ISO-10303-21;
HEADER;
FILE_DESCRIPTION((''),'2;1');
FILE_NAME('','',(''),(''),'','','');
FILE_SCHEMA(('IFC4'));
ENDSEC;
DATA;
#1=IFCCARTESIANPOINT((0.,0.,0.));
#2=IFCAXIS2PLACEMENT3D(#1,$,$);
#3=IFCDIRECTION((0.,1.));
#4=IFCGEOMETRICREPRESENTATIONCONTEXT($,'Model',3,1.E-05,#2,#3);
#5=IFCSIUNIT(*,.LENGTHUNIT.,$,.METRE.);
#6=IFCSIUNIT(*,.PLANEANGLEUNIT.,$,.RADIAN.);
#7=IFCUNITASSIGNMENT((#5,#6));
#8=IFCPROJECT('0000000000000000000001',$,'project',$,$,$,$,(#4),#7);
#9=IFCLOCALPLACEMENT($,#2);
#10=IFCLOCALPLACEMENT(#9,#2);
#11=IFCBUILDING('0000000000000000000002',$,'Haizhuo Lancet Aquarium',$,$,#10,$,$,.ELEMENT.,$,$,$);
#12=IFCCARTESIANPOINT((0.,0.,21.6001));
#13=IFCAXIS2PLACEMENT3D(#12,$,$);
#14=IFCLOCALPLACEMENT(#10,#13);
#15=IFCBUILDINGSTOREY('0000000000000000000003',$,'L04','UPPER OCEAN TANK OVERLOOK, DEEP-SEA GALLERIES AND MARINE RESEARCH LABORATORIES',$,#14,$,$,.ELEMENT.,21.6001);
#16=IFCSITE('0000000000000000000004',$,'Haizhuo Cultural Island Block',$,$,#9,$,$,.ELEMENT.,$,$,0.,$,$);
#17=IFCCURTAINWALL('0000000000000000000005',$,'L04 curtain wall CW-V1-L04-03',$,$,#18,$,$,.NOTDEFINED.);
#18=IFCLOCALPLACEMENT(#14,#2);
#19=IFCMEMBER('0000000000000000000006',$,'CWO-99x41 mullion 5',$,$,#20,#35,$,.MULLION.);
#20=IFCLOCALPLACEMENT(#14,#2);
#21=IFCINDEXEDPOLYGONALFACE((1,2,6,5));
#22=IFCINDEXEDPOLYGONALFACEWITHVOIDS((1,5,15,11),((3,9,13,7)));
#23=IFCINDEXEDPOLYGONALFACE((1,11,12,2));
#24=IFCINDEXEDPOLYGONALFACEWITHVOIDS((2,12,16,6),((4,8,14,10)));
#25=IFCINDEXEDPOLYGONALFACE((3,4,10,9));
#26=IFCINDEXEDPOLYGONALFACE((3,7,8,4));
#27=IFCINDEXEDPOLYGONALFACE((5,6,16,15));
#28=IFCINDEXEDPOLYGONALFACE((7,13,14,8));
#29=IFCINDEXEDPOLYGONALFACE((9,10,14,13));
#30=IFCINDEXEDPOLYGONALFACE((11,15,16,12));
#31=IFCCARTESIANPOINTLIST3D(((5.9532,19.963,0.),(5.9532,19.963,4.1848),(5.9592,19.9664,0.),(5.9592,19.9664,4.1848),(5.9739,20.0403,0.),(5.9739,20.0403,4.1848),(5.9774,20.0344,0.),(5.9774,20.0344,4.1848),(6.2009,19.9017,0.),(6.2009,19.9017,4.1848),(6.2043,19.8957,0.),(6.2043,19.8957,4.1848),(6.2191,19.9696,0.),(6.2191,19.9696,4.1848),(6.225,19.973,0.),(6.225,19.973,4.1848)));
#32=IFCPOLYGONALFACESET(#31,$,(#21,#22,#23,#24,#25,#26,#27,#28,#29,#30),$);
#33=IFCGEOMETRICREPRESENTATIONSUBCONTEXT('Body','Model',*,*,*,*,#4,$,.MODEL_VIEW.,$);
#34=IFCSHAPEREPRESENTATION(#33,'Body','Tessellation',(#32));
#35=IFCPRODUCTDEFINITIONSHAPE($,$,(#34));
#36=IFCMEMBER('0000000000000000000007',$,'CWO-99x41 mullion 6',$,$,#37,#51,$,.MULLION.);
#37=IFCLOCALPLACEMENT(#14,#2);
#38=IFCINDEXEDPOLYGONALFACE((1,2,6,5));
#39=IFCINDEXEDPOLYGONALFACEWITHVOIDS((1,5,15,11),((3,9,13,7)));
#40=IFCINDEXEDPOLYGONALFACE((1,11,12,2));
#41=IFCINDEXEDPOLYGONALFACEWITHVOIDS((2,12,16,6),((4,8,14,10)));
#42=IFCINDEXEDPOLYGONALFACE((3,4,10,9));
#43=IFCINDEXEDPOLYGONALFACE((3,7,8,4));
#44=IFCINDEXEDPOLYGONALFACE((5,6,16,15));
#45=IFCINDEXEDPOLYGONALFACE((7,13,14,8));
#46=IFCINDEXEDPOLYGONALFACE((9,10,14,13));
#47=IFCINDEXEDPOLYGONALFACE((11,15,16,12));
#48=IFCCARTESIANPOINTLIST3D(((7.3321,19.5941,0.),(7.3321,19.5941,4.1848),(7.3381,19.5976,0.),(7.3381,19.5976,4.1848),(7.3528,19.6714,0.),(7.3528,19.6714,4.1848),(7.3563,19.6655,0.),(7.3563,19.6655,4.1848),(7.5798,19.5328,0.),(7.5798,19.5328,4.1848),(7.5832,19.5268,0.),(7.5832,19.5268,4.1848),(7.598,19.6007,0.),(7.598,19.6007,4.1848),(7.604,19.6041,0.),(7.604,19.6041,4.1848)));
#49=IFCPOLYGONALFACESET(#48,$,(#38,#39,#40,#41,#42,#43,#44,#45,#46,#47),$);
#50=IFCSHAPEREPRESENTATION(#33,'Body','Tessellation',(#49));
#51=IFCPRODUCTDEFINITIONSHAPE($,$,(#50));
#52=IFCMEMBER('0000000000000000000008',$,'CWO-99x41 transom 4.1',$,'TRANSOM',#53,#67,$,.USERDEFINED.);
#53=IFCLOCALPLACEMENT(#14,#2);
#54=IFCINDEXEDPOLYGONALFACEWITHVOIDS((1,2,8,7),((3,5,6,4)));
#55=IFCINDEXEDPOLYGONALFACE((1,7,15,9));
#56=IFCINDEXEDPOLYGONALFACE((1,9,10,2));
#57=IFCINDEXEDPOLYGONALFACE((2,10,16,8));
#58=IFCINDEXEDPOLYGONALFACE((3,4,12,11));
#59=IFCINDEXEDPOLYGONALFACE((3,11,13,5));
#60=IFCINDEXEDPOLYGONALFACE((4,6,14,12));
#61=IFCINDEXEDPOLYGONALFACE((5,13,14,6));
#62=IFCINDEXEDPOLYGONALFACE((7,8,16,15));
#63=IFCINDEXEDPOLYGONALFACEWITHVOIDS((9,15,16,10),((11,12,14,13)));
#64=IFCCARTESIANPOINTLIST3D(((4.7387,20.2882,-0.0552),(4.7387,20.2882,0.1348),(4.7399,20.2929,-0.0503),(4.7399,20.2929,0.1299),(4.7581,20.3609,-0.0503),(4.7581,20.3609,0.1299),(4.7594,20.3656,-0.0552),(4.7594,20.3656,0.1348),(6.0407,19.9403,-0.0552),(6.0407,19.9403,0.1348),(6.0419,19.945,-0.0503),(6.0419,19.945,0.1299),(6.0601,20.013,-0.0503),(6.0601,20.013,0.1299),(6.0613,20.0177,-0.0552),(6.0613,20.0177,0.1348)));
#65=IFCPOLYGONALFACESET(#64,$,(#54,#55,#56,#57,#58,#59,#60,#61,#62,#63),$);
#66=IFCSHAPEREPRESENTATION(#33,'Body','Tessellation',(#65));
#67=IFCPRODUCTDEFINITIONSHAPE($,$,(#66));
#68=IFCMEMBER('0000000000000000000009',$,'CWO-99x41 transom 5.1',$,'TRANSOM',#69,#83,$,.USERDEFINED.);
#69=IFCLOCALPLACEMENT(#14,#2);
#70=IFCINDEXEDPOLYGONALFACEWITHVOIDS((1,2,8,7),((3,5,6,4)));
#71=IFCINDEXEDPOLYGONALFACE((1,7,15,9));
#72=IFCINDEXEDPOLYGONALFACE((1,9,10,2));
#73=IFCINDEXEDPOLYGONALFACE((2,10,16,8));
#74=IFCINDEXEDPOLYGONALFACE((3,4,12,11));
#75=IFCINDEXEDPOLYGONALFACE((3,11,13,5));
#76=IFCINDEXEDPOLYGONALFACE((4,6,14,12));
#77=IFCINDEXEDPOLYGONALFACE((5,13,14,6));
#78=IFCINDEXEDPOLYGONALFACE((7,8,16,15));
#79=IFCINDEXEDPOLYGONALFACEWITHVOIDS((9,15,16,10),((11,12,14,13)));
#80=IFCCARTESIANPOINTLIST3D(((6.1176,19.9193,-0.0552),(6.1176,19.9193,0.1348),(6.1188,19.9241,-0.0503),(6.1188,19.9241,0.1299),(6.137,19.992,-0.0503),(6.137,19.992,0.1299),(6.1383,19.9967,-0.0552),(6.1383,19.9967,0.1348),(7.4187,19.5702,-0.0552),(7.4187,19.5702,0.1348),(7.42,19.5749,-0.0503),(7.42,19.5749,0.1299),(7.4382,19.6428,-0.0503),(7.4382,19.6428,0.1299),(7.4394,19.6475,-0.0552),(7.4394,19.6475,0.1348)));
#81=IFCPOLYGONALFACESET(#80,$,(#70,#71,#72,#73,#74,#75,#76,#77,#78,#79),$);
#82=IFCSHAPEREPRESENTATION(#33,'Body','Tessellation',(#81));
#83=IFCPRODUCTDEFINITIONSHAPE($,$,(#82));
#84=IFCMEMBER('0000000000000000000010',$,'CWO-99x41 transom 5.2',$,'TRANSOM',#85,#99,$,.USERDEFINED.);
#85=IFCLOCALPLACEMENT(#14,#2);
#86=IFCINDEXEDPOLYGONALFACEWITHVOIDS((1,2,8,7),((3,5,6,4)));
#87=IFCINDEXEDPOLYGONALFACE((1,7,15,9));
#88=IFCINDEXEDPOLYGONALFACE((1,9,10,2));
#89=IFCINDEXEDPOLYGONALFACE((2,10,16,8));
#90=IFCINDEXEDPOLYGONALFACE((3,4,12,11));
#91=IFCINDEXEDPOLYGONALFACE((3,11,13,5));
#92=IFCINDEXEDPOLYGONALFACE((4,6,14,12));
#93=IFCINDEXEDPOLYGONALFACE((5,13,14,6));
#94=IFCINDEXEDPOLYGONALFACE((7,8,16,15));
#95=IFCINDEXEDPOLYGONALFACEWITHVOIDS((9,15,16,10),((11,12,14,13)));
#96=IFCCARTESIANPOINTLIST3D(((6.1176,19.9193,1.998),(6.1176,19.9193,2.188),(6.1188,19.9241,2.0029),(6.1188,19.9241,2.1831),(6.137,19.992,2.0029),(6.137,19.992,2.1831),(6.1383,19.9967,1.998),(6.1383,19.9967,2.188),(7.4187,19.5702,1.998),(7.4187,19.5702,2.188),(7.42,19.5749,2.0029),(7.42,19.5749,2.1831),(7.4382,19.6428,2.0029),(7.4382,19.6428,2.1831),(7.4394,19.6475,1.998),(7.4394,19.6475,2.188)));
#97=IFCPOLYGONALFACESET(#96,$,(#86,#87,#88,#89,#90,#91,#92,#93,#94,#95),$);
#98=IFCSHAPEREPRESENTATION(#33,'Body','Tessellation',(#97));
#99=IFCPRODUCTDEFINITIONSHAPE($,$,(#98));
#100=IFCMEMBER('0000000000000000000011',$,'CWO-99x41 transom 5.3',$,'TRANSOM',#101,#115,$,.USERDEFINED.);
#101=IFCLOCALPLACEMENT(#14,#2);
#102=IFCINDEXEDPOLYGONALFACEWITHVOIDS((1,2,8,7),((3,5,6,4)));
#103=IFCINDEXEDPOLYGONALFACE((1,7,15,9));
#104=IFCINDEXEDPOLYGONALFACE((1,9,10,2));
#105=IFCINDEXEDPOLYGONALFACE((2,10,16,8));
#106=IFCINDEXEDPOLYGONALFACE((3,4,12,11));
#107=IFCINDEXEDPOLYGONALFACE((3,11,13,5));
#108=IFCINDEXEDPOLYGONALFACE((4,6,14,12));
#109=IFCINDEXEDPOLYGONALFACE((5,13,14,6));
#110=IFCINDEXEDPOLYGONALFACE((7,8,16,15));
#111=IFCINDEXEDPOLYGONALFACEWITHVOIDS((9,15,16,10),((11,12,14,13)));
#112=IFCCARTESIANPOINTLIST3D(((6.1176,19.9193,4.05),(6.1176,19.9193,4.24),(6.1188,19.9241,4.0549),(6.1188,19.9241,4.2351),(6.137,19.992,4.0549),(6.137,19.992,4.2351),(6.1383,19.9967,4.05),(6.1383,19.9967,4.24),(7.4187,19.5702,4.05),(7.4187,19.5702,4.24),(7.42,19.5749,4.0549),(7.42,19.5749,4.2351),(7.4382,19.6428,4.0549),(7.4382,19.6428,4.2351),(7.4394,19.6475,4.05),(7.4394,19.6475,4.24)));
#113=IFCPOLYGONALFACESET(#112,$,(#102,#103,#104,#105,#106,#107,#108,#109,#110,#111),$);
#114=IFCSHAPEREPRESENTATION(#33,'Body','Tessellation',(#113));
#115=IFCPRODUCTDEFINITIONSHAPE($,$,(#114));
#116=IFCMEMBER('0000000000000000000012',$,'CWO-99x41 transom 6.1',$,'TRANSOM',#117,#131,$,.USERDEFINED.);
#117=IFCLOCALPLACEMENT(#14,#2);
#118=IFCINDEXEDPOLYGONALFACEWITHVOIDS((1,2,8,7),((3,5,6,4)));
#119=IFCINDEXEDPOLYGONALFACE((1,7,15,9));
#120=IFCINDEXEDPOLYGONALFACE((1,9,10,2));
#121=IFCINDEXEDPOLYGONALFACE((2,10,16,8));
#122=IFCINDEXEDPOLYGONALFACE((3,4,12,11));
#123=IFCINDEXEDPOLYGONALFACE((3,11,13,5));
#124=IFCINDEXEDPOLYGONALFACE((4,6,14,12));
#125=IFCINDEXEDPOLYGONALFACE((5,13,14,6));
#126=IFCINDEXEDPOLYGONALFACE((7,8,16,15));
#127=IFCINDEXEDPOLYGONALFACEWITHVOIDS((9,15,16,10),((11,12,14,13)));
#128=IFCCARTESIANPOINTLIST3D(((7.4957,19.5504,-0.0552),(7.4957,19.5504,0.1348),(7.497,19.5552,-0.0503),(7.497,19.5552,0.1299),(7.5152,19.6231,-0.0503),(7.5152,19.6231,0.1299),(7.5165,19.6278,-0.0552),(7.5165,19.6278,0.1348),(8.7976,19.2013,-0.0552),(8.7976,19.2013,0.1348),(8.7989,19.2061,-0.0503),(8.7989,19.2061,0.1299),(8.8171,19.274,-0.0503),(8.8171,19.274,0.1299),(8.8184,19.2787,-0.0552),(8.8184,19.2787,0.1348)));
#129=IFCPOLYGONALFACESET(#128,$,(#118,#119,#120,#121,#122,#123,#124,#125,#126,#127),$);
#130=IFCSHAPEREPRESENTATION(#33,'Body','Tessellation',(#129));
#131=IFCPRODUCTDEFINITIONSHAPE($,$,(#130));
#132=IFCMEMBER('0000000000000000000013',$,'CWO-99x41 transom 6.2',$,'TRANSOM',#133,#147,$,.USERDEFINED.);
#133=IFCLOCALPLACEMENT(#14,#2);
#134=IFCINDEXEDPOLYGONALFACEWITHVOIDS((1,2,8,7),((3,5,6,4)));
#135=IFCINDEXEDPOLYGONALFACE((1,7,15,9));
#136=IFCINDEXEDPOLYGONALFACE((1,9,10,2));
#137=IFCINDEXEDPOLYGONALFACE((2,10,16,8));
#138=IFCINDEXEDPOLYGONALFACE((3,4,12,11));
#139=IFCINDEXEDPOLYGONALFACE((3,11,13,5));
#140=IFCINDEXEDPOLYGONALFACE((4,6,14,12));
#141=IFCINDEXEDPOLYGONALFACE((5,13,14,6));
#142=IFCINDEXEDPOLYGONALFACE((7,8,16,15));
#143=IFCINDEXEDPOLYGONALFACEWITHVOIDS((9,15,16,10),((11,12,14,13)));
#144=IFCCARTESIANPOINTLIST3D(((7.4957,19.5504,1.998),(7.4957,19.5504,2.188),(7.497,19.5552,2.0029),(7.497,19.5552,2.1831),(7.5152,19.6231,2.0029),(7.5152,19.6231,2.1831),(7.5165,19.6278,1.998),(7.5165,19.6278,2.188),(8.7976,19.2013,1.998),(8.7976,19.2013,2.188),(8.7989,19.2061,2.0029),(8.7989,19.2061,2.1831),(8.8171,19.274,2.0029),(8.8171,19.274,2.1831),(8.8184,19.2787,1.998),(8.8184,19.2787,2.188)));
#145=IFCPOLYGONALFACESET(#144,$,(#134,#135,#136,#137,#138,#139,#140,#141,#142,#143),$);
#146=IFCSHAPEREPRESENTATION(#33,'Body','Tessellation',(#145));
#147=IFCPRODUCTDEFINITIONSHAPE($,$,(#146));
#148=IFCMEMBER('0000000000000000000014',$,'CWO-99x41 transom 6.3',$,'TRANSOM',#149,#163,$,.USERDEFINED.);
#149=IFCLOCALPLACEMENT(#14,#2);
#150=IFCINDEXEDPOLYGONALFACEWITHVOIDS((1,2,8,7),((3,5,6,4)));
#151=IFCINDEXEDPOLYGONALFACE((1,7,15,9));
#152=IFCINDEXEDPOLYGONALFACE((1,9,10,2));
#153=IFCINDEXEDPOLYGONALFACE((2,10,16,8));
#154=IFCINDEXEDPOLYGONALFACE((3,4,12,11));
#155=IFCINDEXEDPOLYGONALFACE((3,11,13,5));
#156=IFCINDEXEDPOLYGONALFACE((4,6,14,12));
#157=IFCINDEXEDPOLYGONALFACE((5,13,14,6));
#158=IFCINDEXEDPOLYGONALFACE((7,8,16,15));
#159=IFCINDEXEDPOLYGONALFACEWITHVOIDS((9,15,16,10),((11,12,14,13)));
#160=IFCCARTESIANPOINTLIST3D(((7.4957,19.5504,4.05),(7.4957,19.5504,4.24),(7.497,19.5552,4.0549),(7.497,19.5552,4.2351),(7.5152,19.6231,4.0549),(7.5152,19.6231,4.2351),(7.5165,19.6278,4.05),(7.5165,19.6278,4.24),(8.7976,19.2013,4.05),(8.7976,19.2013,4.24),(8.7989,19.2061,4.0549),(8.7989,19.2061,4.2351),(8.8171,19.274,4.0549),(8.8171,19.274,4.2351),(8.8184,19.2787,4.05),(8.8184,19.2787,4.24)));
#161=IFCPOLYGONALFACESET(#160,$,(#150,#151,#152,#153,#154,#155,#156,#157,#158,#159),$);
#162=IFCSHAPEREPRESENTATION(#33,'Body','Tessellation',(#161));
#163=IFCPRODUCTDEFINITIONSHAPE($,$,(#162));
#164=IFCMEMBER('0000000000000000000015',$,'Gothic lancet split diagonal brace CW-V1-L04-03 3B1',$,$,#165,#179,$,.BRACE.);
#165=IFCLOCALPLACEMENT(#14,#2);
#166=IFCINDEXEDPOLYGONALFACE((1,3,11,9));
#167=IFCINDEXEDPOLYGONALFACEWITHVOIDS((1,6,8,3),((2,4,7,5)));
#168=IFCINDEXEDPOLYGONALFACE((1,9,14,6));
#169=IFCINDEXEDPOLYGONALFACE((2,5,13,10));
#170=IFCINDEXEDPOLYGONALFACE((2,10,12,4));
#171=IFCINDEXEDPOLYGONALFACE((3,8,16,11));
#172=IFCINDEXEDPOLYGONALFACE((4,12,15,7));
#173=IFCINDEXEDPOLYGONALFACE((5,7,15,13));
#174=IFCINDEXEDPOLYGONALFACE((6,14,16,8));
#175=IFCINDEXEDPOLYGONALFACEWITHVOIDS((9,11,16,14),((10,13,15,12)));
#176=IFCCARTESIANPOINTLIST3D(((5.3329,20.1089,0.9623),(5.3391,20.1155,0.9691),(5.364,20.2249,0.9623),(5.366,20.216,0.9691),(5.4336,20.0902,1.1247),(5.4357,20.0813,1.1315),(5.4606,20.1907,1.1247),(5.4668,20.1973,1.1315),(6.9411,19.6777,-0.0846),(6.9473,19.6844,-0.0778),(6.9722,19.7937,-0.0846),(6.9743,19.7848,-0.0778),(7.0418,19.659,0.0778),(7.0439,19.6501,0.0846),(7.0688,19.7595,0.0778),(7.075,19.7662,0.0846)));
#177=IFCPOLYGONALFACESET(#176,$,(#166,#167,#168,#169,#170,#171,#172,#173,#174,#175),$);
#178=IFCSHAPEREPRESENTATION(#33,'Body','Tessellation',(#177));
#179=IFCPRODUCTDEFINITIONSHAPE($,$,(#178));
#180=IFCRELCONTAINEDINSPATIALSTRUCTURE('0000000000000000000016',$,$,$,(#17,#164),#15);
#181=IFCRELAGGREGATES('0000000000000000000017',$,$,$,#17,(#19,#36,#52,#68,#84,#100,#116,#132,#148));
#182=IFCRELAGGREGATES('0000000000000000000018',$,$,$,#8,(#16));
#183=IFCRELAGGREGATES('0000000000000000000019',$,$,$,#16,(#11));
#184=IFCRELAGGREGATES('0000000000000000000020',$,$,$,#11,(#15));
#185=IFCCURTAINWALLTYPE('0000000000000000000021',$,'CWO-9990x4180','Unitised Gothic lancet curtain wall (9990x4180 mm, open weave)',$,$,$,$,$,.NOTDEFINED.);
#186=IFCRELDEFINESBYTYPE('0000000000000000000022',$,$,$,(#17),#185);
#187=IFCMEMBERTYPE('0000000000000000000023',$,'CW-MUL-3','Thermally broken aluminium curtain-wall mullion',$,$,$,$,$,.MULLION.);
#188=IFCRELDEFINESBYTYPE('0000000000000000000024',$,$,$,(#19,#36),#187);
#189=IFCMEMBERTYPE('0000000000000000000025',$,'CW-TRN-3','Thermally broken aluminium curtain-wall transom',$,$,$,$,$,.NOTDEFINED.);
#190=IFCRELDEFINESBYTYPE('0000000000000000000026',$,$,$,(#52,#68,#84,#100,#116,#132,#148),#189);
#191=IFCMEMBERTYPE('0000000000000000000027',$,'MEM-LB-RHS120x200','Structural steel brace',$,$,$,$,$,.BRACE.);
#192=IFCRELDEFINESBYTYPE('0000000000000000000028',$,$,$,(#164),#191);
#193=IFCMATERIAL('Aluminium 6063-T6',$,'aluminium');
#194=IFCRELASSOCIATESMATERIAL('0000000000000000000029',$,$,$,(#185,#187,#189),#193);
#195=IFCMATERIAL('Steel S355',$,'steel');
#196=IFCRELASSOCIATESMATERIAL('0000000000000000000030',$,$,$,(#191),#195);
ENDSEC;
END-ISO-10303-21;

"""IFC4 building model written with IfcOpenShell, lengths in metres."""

from ifc_helpers import new_model, si_unit, direction, frame, origin, origin_2d, place, context, subcontext, project, spatial, hollow_rectangle, extrude, material, material_profile, profile_set, type_object, element, aggregate, save


model = new_model("IFC4")

# Units and contexts
model_context = context("Model", 3, precision=1e-05, world=origin(), true_north=direction((0.0, 1.0)))
body_context = subcontext(model_context, "Body", "Model", "MODEL_VIEW")
ifc_project = project(units=[si_unit("LENGTHUNIT", "METRE"), si_unit("PLANEANGLEUNIT", "RADIAN")], contexts=[model_context])

# Site, building, storey
site_placement = place(None, origin())
site = spatial("IfcSite", under=ifc_project, at=site_placement, Name="Haizhuo Cultural Island Block", CompositionType="ELEMENT", RefElevation=0.0)
building_placement = place(site_placement, origin())
building = spatial("IfcBuilding", under=site, at=building_placement, Name="Haizhuo Lancet Aquarium", CompositionType="ELEMENT")
storey_placement = place(building_placement, frame((0.0, 0.0, 21.6001)))
storey = spatial("IfcBuildingStorey", under=building, at=storey_placement, Name="L04", Description="UPPER OCEAN TANK OVERLOOK, DEEP-SEA GALLERIES AND MARINE RESEARCH LABORATORIES", CompositionType="ELEMENT", Elevation=21.6001)

# Curtain wall, members
ifc_material_1 = material(Name="Aluminium 6063-T6", Category="aluminium")
curtain_wall_type = type_object("IfcCurtainWallType", Name="CWO-9990x4180", Description="Unitised Gothic lancet curtain wall (9990x4180 mm, open weave)", PredefinedType="NOTDEFINED", material=ifc_material_1)
curtain_wall_placement = place(storey_placement, origin())
curtain_wall = element("IfcCurtainWall", 1, at=curtain_wall_placement, inside=storey, type_object=curtain_wall_type, Name="L04 curtain wall CW-V1-L04-03", PredefinedType="NOTDEFINED")
ifc_material_profile_1 = material_profile(ifc_material_1, hollow_rectangle(XDim=0.0801, YDim=0.26, WallThickness=0.0049, at=origin_2d()), Name="ALU-M 80x260x5")
ifc_profile_set_1 = profile_set([ifc_material_profile_1], Name="Aluminium 6063-T6")
member_type_1 = type_object("IfcMemberType", Name="CW-MUL-3", Description="Thermally broken aluminium curtain-wall mullion", PredefinedType="MULLION", material=ifc_profile_set_1)
member_1_placement = place(storey_placement, frame((6.0891, 19.968, 0.0), z_axis=(0.0, 0.0, 1.0), x_axis=(0.258853, 0.965917, 0.0)))
member_1 = element("IfcMember", 2, at=member_1_placement, type_object=member_type_1, Name="CWO-99x41 mullion 5", PredefinedType="MULLION", context=body_context, shape_type="SweptSolid", body=[
    extrude(hollow_rectangle(XDim=0.0801, YDim=0.26, WallThickness=0.0049, at=origin_2d()), origin(), (0.0, 0.0, 1.0), 4.1848),
])
member_2_placement = place(storey_placement, frame((7.468, 19.5991, 0.0), z_axis=(0.0, 0.0, 1.0), x_axis=(0.258853, 0.965917, 0.0)))
member_2 = element("IfcMember", 3, at=member_2_placement, type_object=member_type_1, Name="CWO-99x41 mullion 6", PredefinedType="MULLION", context=body_context, shape_type="SweptSolid", body=[
    extrude(hollow_rectangle(XDim=0.0801, YDim=0.26, WallThickness=0.0049, at=origin_2d()), origin(), (0.0, 0.0, 1.0), 4.1848),
])
ifc_material_profile_2 = material_profile(ifc_material_1, hollow_rectangle(XDim=0.0801, YDim=0.1899, WallThickness=0.0049, at=origin_2d()), Name="ALU-T 80x190x5")
ifc_profile_set_2 = profile_set([ifc_material_profile_2], Name="Aluminium 6063-T6")
member_type_2 = type_object("IfcMemberType", Name="CW-TRN-3", Description="Thermally broken aluminium curtain-wall transom", PredefinedType="NOTDEFINED", material=ifc_profile_set_2)
member_3_placement = place(storey_placement, frame((4.749, 20.3269, 0.0398), z_axis=(0.966106, -0.258147, 0.0), x_axis=(0.258147, 0.966106, 0.0)))
member_3 = element("IfcMember", 4, at=member_3_placement, type_object=member_type_2, Name="CWO-99x41 transom 4.1", ObjectType="TRANSOM", PredefinedType="USERDEFINED", context=body_context, shape_type="SweptSolid", body=[
    extrude(hollow_rectangle(XDim=0.0801, YDim=0.1899, WallThickness=0.0049, at=origin_2d()), origin(), (0.0, 0.0, 1.0), 1.3477),
])
member_4_placement = place(storey_placement, frame((6.1279, 19.958, 0.0398), z_axis=(0.965831, -0.259174, 0.0), x_axis=(0.259174, 0.965831, 0.0)))
member_4 = element("IfcMember", 5, at=member_4_placement, type_object=member_type_2, Name="CWO-99x41 transom 5.1", ObjectType="TRANSOM", PredefinedType="USERDEFINED", context=body_context, shape_type="SweptSolid", body=[
    extrude(hollow_rectangle(XDim=0.0801, YDim=0.1899, WallThickness=0.0049, at=origin_2d()), origin(), (0.0, 0.0, 1.0), 1.3472),
])
member_5_placement = place(storey_placement, frame((6.1279, 19.958, 2.093), z_axis=(0.965831, -0.259174, 0.0), x_axis=(0.259174, 0.965831, 0.0)))
member_5 = element("IfcMember", 6, at=member_5_placement, type_object=member_type_2, Name="CWO-99x41 transom 5.2", ObjectType="TRANSOM", PredefinedType="USERDEFINED", context=body_context, shape_type="SweptSolid", body=[
    extrude(hollow_rectangle(XDim=0.0801, YDim=0.1899, WallThickness=0.0049, at=origin_2d()), origin(), (0.0, 0.0, 1.0), 1.3472),
])
member_6_placement = place(storey_placement, frame((6.1279, 19.958, 4.145), z_axis=(0.965831, -0.259174, 0.0), x_axis=(0.259174, 0.965831, 0.0)))
member_6 = element("IfcMember", 7, at=member_6_placement, type_object=member_type_2, Name="CWO-99x41 transom 5.3", ObjectType="TRANSOM", PredefinedType="USERDEFINED", context=body_context, shape_type="SweptSolid", body=[
    extrude(hollow_rectangle(XDim=0.0801, YDim=0.1899, WallThickness=0.0049, at=origin_2d()), origin(), (0.0, 0.0, 1.0), 1.3472),
])
member_7_placement = place(storey_placement, frame((7.5061, 19.5891, 0.0398), z_axis=(0.965879, -0.258993, 0.0), x_axis=(0.258993, 0.965879, 0.0)))
member_7 = element("IfcMember", 8, at=member_7_placement, type_object=member_type_2, Name="CWO-99x41 transom 6.1", ObjectType="TRANSOM", PredefinedType="USERDEFINED", context=body_context, shape_type="SweptSolid", body=[
    extrude(hollow_rectangle(XDim=0.0801, YDim=0.1899, WallThickness=0.0049, at=origin_2d()), origin(), (0.0, 0.0, 1.0), 1.3479),
])
member_8_placement = place(storey_placement, frame((7.5061, 19.5891, 2.093), z_axis=(0.965879, -0.258993, 0.0), x_axis=(0.258993, 0.965879, 0.0)))
member_8 = element("IfcMember", 9, at=member_8_placement, type_object=member_type_2, Name="CWO-99x41 transom 6.2", ObjectType="TRANSOM", PredefinedType="USERDEFINED", context=body_context, shape_type="SweptSolid", body=[
    extrude(hollow_rectangle(XDim=0.0801, YDim=0.1899, WallThickness=0.0049, at=origin_2d()), origin(), (0.0, 0.0, 1.0), 1.3479),
])
member_9_placement = place(storey_placement, frame((7.5061, 19.5891, 4.145), z_axis=(0.965879, -0.258993, 0.0), x_axis=(0.258993, 0.965879, 0.0)))
member_9 = element("IfcMember", 10, at=member_9_placement, type_object=member_type_2, Name="CWO-99x41 transom 6.3", ObjectType="TRANSOM", PredefinedType="USERDEFINED", context=body_context, shape_type="SweptSolid", body=[
    extrude(hollow_rectangle(XDim=0.0801, YDim=0.1899, WallThickness=0.0049, at=origin_2d()), origin(), (0.0, 0.0, 1.0), 1.3479),
])

# Member
ifc_material_2 = material(Name="Steel S355", Category="steel")
ifc_material_profile_3 = material_profile(ifc_material_2, hollow_rectangle(XDim=0.1201, YDim=0.2, WallThickness=0.0081, at=origin_2d()), Name="RHS 120x200x8")
ifc_profile_set_3 = profile_set([ifc_material_profile_3], Name="Steel S355")
member_type_3 = type_object("IfcMemberType", Name="MEM-LB-RHS120x200", Description="Structural steel brace", PredefinedType="BRACE", material=ifc_profile_set_3)
member_10_placement = place(storey_placement, frame((7.0081, 19.7219, 0.0), z_axis=(-0.817682, 0.219224, 0.532294), x_axis=(-0.258958, -0.965888, 0.0)))
element("IfcMember", 11, at=member_10_placement, inside=storey, type_object=member_type_3, Name="Gothic lancet split diagonal brace CW-V1-L04-03 3B1", PredefinedType="BRACE", context=body_context, shape_type="SweptSolid", body=[
    extrude(hollow_rectangle(XDim=0.1201, YDim=0.2, WallThickness=0.0081, at=origin_2d()), origin(), (0.0, 0.0, 1.0), 1.9668),
])

aggregate(curtain_wall, [member_1, member_2, member_3, member_4, member_5, member_6, member_7, member_8, member_9])

save(model, "model.ifc")
